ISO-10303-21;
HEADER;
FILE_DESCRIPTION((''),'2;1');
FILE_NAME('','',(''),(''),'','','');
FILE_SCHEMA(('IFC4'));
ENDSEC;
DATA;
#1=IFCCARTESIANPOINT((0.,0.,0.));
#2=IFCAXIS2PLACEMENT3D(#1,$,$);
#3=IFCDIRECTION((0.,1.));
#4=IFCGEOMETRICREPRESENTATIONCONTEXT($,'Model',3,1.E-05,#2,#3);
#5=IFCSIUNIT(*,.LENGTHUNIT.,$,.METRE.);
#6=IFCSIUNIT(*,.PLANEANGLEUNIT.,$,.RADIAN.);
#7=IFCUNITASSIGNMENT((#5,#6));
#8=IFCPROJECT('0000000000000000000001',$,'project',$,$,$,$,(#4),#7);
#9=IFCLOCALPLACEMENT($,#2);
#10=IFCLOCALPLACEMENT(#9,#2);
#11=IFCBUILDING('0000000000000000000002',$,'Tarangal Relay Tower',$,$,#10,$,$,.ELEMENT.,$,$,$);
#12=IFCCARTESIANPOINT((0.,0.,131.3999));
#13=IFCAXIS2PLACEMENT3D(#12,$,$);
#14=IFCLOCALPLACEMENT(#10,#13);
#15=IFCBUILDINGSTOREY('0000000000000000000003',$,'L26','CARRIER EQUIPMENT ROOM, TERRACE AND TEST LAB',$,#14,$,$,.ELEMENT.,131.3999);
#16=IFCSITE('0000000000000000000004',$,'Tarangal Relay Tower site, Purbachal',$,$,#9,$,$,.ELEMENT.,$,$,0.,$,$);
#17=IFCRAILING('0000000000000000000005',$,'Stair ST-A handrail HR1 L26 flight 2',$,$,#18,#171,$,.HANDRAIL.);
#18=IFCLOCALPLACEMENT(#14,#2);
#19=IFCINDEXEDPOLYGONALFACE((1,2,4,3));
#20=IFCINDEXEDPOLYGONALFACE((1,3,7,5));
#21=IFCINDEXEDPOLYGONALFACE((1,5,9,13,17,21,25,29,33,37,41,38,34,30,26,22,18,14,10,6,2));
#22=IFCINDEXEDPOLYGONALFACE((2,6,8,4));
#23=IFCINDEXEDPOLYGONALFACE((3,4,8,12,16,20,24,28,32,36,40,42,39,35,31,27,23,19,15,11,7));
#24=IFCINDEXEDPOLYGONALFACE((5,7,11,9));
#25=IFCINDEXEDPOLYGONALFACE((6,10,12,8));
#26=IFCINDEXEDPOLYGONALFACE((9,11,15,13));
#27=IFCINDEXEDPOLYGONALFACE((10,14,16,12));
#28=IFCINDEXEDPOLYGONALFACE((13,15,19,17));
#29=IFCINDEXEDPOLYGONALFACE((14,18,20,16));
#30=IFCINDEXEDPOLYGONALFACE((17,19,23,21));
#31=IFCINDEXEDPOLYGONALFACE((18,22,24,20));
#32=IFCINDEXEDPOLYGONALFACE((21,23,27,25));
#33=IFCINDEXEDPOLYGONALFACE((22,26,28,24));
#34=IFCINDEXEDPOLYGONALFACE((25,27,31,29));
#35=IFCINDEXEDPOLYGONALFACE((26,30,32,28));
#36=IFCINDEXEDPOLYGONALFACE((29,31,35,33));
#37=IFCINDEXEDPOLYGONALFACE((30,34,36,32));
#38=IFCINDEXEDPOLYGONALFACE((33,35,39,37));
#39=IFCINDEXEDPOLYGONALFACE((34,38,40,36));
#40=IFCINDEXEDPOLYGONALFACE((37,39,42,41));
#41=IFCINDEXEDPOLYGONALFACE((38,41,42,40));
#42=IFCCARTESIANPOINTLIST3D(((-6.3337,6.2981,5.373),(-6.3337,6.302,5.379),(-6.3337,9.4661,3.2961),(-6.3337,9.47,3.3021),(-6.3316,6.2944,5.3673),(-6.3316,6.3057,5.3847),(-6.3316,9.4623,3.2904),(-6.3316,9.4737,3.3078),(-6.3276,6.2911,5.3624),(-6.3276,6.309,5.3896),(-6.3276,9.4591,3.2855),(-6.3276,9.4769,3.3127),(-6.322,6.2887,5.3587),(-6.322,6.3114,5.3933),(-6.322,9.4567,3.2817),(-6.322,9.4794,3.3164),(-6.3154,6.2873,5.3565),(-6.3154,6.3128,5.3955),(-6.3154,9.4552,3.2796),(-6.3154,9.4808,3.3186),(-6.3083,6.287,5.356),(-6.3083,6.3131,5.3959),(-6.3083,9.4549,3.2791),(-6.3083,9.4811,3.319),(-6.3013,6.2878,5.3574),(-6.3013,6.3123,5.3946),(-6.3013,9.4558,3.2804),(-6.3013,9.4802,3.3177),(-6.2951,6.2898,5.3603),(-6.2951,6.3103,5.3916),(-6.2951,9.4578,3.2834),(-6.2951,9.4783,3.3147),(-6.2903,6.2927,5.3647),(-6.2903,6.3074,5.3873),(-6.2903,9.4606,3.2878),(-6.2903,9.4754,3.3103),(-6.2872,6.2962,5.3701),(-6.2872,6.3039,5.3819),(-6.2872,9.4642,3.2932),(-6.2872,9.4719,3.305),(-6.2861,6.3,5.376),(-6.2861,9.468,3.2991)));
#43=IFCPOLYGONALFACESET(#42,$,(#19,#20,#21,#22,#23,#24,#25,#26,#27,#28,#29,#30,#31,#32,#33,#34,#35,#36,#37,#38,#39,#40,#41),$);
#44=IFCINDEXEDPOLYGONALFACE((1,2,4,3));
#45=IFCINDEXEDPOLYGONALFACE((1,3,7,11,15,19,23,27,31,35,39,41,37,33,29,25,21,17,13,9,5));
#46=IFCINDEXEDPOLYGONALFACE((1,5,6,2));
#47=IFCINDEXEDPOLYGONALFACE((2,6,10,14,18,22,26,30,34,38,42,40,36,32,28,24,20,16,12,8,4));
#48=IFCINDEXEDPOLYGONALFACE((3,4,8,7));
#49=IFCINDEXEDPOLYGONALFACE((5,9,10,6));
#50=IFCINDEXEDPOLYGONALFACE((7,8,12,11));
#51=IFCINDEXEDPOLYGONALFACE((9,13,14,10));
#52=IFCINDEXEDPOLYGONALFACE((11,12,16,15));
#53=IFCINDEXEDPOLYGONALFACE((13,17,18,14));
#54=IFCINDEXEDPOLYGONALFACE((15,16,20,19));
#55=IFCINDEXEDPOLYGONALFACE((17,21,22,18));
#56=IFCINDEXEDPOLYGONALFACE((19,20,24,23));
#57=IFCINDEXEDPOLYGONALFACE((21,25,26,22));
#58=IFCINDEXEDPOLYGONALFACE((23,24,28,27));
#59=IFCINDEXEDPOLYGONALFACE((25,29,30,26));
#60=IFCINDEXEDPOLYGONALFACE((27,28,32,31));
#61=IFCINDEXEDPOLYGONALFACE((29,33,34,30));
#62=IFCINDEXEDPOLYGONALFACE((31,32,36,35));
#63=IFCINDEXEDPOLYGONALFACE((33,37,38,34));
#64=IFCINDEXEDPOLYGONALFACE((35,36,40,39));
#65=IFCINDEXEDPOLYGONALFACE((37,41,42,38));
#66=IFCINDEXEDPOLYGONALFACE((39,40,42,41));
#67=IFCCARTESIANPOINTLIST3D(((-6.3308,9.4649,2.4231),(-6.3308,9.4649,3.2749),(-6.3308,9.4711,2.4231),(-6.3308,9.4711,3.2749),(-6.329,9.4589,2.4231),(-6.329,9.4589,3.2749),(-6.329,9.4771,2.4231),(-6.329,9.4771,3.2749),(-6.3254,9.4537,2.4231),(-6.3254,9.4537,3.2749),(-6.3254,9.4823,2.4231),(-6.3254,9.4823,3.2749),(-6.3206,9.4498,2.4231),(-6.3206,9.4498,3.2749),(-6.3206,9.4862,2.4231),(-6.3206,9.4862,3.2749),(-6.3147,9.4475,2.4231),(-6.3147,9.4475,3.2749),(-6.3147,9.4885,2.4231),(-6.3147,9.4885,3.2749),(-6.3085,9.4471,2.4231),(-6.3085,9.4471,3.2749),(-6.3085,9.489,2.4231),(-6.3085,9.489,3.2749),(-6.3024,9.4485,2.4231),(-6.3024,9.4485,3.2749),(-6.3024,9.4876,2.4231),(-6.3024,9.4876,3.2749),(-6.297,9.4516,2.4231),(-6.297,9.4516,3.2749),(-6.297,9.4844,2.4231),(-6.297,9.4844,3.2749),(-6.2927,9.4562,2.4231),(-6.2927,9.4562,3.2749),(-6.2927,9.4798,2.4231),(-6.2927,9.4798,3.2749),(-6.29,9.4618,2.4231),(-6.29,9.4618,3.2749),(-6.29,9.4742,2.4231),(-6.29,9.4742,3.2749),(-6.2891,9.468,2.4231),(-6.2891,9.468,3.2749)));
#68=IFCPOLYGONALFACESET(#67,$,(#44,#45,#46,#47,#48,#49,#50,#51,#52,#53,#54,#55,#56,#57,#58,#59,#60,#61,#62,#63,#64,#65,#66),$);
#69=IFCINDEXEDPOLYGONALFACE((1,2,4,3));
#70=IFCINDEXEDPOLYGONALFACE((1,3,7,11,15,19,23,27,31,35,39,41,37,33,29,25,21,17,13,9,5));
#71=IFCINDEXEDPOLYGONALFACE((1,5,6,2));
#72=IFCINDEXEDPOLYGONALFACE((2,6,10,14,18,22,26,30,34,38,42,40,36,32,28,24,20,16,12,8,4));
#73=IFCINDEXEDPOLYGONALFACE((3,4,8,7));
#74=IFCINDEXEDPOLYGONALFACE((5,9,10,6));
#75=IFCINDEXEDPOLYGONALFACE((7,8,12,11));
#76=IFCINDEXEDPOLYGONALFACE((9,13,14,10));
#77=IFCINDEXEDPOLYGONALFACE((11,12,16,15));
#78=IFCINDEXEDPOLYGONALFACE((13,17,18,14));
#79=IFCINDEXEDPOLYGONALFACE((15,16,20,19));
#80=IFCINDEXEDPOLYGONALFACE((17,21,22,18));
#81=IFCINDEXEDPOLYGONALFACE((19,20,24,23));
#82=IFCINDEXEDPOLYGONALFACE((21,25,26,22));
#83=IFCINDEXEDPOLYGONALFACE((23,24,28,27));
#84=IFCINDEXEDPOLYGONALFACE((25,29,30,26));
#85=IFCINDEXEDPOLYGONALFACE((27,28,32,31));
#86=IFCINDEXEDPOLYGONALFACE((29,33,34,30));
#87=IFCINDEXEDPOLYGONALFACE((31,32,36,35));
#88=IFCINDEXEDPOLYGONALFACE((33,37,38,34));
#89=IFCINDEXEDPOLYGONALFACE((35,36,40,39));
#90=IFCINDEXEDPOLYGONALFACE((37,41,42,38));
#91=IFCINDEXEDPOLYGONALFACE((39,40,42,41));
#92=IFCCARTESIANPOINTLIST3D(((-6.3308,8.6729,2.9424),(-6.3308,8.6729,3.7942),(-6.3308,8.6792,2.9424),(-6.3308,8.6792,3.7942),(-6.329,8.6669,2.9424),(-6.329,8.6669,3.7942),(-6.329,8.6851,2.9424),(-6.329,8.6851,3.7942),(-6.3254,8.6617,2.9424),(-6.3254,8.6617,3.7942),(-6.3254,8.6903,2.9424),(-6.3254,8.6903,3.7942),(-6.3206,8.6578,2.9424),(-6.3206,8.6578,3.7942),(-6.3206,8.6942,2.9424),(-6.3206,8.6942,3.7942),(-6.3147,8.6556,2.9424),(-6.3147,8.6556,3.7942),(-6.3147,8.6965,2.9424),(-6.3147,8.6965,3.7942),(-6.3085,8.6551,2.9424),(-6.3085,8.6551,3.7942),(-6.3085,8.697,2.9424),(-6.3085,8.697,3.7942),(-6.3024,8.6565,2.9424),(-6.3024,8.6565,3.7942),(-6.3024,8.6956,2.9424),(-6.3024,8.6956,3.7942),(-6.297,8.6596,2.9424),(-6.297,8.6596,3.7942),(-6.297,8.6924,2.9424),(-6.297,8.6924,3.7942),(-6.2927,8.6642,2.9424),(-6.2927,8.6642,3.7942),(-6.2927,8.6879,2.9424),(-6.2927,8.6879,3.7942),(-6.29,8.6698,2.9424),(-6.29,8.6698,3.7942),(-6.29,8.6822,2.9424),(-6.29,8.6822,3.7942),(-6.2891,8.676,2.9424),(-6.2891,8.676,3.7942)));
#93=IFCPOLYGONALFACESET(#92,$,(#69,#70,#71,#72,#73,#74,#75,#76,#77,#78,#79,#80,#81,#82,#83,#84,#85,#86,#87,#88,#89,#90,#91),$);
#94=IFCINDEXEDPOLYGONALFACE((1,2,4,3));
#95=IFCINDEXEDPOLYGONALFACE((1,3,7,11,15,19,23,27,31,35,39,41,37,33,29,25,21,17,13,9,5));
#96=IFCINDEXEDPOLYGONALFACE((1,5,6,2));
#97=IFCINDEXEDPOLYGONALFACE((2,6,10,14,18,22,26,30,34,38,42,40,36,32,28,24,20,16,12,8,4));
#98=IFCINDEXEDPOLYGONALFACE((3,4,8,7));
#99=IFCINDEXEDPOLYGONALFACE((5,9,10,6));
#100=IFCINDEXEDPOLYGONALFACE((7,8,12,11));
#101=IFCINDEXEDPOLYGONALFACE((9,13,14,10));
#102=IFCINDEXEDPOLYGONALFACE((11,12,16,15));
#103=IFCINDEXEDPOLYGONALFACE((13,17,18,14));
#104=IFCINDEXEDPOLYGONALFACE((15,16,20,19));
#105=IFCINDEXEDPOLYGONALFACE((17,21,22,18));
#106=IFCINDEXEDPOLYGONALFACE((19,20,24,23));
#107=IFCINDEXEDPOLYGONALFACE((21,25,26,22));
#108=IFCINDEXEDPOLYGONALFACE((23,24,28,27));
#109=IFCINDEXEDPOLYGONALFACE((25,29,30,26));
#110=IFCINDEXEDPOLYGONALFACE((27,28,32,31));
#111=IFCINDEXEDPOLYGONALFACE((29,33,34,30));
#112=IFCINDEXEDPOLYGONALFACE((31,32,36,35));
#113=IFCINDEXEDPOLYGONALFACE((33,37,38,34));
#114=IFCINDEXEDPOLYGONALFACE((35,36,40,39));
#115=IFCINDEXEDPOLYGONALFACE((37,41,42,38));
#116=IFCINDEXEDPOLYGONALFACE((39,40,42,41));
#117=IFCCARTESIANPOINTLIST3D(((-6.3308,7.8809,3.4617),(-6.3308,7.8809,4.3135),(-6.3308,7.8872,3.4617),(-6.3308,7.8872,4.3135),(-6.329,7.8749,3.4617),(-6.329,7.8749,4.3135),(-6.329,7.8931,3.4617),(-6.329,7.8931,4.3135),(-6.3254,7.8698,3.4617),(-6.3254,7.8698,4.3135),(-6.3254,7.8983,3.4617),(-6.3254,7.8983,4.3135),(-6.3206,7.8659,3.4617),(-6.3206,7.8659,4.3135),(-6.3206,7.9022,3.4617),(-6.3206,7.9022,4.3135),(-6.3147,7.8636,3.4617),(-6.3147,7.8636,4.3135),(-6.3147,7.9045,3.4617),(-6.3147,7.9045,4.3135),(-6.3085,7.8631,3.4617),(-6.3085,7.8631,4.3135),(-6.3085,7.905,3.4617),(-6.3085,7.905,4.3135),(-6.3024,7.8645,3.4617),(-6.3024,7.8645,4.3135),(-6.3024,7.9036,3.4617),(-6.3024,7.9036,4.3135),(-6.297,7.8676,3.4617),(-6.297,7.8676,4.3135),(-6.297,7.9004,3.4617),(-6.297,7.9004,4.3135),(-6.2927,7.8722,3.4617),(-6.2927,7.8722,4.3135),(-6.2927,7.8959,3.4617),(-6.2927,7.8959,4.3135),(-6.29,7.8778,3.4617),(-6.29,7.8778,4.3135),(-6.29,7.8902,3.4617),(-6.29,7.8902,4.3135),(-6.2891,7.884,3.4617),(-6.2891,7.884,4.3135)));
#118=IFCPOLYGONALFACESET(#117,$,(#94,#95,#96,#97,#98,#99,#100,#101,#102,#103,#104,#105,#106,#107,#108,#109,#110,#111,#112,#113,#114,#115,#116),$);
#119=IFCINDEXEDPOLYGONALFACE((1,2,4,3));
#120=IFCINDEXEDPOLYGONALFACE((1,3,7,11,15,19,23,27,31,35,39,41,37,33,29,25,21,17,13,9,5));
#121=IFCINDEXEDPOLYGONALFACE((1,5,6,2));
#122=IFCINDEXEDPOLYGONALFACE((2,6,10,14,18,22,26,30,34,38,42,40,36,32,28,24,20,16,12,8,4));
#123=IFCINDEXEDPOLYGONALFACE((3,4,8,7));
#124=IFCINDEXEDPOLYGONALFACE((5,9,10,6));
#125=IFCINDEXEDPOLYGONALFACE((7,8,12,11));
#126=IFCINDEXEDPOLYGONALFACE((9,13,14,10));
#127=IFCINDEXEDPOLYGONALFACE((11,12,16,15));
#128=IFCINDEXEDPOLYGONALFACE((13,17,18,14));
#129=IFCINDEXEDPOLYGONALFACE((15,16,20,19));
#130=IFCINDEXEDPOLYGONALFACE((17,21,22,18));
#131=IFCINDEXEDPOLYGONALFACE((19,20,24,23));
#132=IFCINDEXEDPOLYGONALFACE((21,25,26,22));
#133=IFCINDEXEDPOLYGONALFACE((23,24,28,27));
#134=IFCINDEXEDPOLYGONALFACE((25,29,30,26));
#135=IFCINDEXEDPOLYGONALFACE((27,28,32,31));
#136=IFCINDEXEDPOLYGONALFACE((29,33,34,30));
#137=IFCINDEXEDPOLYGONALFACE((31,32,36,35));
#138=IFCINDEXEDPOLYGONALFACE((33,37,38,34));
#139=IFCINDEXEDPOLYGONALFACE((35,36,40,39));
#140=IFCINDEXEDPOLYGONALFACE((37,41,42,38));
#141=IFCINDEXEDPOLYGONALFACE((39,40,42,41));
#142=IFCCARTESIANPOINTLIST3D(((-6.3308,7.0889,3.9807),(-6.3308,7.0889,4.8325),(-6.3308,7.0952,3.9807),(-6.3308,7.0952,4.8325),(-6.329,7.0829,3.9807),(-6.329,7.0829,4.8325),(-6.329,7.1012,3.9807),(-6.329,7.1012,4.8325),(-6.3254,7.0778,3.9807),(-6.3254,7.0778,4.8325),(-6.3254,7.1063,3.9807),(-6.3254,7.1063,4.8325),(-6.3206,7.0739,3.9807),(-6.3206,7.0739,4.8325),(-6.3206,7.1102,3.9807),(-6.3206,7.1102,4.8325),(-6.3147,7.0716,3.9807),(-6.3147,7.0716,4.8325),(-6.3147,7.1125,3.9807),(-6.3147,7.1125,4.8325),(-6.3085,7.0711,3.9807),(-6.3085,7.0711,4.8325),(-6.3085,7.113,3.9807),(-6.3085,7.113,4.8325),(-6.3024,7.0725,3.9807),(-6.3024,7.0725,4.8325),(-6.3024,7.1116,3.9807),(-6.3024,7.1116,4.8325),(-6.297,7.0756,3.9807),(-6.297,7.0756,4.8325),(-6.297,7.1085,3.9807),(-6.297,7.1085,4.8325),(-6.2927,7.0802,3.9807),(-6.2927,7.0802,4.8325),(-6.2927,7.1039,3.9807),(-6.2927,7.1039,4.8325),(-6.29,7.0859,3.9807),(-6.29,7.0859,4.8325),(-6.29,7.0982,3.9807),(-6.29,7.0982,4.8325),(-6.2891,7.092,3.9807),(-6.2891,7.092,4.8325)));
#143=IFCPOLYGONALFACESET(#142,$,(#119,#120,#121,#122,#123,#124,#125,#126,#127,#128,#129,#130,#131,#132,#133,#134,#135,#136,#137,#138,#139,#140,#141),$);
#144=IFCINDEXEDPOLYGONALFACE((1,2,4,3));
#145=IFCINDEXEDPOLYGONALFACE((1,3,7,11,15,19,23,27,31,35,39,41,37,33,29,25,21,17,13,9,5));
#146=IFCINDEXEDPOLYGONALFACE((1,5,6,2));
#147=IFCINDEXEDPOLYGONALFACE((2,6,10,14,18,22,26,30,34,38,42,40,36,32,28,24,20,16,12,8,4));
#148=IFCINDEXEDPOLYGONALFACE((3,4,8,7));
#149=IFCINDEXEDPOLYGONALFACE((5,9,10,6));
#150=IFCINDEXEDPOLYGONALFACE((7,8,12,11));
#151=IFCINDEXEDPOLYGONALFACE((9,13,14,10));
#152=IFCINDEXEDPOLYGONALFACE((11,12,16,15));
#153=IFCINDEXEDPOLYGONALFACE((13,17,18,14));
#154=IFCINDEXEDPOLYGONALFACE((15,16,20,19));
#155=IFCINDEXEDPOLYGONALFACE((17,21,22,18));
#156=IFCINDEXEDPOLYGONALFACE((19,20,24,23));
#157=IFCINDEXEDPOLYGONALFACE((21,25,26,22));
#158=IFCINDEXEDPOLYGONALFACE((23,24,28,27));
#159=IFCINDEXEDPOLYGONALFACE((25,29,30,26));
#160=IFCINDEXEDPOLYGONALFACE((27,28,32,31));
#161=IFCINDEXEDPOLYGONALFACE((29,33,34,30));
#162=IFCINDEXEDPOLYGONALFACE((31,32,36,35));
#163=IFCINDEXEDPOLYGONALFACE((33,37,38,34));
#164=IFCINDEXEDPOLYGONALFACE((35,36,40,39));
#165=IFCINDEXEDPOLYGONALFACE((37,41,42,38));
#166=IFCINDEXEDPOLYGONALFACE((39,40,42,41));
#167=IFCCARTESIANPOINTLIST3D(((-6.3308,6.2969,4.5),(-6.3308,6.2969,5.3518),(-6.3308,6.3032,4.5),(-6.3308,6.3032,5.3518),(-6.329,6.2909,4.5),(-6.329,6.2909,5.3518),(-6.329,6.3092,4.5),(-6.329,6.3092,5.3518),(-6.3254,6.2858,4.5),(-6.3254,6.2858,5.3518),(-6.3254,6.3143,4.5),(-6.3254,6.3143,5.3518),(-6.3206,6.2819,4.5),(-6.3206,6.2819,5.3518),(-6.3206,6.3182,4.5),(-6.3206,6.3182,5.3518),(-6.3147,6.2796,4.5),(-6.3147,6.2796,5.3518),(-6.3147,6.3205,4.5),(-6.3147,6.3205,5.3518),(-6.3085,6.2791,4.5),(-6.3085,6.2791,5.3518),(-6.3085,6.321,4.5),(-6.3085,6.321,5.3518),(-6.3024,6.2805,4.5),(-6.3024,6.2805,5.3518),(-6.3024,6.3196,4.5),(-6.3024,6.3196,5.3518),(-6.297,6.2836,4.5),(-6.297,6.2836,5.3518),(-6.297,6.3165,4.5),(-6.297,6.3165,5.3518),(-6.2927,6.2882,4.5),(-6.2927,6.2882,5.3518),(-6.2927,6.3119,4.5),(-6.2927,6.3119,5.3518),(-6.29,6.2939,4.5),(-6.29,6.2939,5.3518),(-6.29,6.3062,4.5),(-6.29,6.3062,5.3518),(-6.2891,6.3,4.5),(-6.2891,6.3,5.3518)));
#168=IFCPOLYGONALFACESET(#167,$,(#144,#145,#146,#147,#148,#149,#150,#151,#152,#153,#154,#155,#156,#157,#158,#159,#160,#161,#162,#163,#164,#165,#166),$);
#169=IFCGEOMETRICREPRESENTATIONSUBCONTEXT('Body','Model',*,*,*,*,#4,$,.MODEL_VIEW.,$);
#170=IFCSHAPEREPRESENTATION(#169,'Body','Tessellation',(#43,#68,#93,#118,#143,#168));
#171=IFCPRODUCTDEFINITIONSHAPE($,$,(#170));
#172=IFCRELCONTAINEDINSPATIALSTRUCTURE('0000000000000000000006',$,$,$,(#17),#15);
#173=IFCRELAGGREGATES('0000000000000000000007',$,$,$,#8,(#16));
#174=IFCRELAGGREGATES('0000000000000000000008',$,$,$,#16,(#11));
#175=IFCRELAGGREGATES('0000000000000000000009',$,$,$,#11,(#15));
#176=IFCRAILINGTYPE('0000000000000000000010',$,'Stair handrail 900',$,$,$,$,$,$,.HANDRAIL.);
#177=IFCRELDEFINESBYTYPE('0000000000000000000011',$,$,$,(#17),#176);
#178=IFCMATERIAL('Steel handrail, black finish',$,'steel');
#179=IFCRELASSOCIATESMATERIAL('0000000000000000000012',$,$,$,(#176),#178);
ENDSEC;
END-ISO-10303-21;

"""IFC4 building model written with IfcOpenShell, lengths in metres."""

from ifc_helpers import new_model, si_unit, direction, frame, origin, origin_2d, place, context, subcontext, project, spatial, circle, extrude, material, type_object, element, save


model = new_model("IFC4")

# Units and contexts
model_context = context("Model", 3, precision=1e-05, world=origin(), true_north=direction((0.0, 1.0)))
body_context = subcontext(model_context, "Body", "Model", "MODEL_VIEW")
ifc_project = project(units=[si_unit("LENGTHUNIT", "METRE"), si_unit("PLANEANGLEUNIT", "RADIAN")], contexts=[model_context])

# Site, building, storey
site_placement = place(None, origin())
site = spatial("IfcSite", under=ifc_project, at=site_placement, Name="Tarangal Relay Tower site, Purbachal", CompositionType="ELEMENT", RefElevation=0.0)
building_placement = place(site_placement, origin())
building = spatial("IfcBuilding", under=site, at=building_placement, Name="Tarangal Relay Tower", CompositionType="ELEMENT")
storey_placement = place(building_placement, frame((0.0, 0.0, 131.3999)))
storey = spatial("IfcBuildingStorey", under=building, at=storey_placement, Name="L26", Description="CARRIER EQUIPMENT ROOM, TERRACE AND TEST LAB", CompositionType="ELEMENT", Elevation=131.3999)

# Railing
ifc_material_1 = material(Name="Steel handrail, black finish", Category="steel")
railing_type_1 = type_object("IfcRailingType", Name="Stair handrail 900", PredefinedType="HANDRAIL", material=ifc_material_1)
railing_1_placement = place(storey_placement, frame((-6.3101, 9.468, 2.4231)))
element("IfcRailing", 1, at=railing_1_placement, inside=storey, type_object=railing_type_1, Name="Stair ST-A handrail HR1 L26 flight 2", PredefinedType="HANDRAIL", context=body_context, shape_type="SweptSolid", body=[
    extrude(circle(Radius=0.0239, at=origin_2d()), frame((0.0, 0.0, 0.876), z_axis=(0.0, -0.836299, 0.548273), x_axis=(1.0, 0.0, 0.0)), (0.0, 0.0, 1.0), 3.7881),
    extrude(circle(Radius=0.021, at=origin_2d()), origin(), (0.0, 0.0, 1.0), 0.8518),
    extrude(circle(Radius=0.021, at=origin_2d()), frame((0.0, -0.792, 0.5193)), (0.0, 0.0, 1.0), 0.8518),
    extrude(circle(Radius=0.021, at=origin_2d()), frame((0.0, -1.584, 1.0386)), (0.0, 0.0, 1.0), 0.8518),
    extrude(circle(Radius=0.021, at=origin_2d()), frame((0.0, -2.376, 1.5576)), (0.0, 0.0, 1.0), 0.8518),
    extrude(circle(Radius=0.021, at=origin_2d()), frame((0.0, -3.168, 2.0769)), (0.0, 0.0, 1.0), 0.8518),
])

save(model, "model.ifc")
